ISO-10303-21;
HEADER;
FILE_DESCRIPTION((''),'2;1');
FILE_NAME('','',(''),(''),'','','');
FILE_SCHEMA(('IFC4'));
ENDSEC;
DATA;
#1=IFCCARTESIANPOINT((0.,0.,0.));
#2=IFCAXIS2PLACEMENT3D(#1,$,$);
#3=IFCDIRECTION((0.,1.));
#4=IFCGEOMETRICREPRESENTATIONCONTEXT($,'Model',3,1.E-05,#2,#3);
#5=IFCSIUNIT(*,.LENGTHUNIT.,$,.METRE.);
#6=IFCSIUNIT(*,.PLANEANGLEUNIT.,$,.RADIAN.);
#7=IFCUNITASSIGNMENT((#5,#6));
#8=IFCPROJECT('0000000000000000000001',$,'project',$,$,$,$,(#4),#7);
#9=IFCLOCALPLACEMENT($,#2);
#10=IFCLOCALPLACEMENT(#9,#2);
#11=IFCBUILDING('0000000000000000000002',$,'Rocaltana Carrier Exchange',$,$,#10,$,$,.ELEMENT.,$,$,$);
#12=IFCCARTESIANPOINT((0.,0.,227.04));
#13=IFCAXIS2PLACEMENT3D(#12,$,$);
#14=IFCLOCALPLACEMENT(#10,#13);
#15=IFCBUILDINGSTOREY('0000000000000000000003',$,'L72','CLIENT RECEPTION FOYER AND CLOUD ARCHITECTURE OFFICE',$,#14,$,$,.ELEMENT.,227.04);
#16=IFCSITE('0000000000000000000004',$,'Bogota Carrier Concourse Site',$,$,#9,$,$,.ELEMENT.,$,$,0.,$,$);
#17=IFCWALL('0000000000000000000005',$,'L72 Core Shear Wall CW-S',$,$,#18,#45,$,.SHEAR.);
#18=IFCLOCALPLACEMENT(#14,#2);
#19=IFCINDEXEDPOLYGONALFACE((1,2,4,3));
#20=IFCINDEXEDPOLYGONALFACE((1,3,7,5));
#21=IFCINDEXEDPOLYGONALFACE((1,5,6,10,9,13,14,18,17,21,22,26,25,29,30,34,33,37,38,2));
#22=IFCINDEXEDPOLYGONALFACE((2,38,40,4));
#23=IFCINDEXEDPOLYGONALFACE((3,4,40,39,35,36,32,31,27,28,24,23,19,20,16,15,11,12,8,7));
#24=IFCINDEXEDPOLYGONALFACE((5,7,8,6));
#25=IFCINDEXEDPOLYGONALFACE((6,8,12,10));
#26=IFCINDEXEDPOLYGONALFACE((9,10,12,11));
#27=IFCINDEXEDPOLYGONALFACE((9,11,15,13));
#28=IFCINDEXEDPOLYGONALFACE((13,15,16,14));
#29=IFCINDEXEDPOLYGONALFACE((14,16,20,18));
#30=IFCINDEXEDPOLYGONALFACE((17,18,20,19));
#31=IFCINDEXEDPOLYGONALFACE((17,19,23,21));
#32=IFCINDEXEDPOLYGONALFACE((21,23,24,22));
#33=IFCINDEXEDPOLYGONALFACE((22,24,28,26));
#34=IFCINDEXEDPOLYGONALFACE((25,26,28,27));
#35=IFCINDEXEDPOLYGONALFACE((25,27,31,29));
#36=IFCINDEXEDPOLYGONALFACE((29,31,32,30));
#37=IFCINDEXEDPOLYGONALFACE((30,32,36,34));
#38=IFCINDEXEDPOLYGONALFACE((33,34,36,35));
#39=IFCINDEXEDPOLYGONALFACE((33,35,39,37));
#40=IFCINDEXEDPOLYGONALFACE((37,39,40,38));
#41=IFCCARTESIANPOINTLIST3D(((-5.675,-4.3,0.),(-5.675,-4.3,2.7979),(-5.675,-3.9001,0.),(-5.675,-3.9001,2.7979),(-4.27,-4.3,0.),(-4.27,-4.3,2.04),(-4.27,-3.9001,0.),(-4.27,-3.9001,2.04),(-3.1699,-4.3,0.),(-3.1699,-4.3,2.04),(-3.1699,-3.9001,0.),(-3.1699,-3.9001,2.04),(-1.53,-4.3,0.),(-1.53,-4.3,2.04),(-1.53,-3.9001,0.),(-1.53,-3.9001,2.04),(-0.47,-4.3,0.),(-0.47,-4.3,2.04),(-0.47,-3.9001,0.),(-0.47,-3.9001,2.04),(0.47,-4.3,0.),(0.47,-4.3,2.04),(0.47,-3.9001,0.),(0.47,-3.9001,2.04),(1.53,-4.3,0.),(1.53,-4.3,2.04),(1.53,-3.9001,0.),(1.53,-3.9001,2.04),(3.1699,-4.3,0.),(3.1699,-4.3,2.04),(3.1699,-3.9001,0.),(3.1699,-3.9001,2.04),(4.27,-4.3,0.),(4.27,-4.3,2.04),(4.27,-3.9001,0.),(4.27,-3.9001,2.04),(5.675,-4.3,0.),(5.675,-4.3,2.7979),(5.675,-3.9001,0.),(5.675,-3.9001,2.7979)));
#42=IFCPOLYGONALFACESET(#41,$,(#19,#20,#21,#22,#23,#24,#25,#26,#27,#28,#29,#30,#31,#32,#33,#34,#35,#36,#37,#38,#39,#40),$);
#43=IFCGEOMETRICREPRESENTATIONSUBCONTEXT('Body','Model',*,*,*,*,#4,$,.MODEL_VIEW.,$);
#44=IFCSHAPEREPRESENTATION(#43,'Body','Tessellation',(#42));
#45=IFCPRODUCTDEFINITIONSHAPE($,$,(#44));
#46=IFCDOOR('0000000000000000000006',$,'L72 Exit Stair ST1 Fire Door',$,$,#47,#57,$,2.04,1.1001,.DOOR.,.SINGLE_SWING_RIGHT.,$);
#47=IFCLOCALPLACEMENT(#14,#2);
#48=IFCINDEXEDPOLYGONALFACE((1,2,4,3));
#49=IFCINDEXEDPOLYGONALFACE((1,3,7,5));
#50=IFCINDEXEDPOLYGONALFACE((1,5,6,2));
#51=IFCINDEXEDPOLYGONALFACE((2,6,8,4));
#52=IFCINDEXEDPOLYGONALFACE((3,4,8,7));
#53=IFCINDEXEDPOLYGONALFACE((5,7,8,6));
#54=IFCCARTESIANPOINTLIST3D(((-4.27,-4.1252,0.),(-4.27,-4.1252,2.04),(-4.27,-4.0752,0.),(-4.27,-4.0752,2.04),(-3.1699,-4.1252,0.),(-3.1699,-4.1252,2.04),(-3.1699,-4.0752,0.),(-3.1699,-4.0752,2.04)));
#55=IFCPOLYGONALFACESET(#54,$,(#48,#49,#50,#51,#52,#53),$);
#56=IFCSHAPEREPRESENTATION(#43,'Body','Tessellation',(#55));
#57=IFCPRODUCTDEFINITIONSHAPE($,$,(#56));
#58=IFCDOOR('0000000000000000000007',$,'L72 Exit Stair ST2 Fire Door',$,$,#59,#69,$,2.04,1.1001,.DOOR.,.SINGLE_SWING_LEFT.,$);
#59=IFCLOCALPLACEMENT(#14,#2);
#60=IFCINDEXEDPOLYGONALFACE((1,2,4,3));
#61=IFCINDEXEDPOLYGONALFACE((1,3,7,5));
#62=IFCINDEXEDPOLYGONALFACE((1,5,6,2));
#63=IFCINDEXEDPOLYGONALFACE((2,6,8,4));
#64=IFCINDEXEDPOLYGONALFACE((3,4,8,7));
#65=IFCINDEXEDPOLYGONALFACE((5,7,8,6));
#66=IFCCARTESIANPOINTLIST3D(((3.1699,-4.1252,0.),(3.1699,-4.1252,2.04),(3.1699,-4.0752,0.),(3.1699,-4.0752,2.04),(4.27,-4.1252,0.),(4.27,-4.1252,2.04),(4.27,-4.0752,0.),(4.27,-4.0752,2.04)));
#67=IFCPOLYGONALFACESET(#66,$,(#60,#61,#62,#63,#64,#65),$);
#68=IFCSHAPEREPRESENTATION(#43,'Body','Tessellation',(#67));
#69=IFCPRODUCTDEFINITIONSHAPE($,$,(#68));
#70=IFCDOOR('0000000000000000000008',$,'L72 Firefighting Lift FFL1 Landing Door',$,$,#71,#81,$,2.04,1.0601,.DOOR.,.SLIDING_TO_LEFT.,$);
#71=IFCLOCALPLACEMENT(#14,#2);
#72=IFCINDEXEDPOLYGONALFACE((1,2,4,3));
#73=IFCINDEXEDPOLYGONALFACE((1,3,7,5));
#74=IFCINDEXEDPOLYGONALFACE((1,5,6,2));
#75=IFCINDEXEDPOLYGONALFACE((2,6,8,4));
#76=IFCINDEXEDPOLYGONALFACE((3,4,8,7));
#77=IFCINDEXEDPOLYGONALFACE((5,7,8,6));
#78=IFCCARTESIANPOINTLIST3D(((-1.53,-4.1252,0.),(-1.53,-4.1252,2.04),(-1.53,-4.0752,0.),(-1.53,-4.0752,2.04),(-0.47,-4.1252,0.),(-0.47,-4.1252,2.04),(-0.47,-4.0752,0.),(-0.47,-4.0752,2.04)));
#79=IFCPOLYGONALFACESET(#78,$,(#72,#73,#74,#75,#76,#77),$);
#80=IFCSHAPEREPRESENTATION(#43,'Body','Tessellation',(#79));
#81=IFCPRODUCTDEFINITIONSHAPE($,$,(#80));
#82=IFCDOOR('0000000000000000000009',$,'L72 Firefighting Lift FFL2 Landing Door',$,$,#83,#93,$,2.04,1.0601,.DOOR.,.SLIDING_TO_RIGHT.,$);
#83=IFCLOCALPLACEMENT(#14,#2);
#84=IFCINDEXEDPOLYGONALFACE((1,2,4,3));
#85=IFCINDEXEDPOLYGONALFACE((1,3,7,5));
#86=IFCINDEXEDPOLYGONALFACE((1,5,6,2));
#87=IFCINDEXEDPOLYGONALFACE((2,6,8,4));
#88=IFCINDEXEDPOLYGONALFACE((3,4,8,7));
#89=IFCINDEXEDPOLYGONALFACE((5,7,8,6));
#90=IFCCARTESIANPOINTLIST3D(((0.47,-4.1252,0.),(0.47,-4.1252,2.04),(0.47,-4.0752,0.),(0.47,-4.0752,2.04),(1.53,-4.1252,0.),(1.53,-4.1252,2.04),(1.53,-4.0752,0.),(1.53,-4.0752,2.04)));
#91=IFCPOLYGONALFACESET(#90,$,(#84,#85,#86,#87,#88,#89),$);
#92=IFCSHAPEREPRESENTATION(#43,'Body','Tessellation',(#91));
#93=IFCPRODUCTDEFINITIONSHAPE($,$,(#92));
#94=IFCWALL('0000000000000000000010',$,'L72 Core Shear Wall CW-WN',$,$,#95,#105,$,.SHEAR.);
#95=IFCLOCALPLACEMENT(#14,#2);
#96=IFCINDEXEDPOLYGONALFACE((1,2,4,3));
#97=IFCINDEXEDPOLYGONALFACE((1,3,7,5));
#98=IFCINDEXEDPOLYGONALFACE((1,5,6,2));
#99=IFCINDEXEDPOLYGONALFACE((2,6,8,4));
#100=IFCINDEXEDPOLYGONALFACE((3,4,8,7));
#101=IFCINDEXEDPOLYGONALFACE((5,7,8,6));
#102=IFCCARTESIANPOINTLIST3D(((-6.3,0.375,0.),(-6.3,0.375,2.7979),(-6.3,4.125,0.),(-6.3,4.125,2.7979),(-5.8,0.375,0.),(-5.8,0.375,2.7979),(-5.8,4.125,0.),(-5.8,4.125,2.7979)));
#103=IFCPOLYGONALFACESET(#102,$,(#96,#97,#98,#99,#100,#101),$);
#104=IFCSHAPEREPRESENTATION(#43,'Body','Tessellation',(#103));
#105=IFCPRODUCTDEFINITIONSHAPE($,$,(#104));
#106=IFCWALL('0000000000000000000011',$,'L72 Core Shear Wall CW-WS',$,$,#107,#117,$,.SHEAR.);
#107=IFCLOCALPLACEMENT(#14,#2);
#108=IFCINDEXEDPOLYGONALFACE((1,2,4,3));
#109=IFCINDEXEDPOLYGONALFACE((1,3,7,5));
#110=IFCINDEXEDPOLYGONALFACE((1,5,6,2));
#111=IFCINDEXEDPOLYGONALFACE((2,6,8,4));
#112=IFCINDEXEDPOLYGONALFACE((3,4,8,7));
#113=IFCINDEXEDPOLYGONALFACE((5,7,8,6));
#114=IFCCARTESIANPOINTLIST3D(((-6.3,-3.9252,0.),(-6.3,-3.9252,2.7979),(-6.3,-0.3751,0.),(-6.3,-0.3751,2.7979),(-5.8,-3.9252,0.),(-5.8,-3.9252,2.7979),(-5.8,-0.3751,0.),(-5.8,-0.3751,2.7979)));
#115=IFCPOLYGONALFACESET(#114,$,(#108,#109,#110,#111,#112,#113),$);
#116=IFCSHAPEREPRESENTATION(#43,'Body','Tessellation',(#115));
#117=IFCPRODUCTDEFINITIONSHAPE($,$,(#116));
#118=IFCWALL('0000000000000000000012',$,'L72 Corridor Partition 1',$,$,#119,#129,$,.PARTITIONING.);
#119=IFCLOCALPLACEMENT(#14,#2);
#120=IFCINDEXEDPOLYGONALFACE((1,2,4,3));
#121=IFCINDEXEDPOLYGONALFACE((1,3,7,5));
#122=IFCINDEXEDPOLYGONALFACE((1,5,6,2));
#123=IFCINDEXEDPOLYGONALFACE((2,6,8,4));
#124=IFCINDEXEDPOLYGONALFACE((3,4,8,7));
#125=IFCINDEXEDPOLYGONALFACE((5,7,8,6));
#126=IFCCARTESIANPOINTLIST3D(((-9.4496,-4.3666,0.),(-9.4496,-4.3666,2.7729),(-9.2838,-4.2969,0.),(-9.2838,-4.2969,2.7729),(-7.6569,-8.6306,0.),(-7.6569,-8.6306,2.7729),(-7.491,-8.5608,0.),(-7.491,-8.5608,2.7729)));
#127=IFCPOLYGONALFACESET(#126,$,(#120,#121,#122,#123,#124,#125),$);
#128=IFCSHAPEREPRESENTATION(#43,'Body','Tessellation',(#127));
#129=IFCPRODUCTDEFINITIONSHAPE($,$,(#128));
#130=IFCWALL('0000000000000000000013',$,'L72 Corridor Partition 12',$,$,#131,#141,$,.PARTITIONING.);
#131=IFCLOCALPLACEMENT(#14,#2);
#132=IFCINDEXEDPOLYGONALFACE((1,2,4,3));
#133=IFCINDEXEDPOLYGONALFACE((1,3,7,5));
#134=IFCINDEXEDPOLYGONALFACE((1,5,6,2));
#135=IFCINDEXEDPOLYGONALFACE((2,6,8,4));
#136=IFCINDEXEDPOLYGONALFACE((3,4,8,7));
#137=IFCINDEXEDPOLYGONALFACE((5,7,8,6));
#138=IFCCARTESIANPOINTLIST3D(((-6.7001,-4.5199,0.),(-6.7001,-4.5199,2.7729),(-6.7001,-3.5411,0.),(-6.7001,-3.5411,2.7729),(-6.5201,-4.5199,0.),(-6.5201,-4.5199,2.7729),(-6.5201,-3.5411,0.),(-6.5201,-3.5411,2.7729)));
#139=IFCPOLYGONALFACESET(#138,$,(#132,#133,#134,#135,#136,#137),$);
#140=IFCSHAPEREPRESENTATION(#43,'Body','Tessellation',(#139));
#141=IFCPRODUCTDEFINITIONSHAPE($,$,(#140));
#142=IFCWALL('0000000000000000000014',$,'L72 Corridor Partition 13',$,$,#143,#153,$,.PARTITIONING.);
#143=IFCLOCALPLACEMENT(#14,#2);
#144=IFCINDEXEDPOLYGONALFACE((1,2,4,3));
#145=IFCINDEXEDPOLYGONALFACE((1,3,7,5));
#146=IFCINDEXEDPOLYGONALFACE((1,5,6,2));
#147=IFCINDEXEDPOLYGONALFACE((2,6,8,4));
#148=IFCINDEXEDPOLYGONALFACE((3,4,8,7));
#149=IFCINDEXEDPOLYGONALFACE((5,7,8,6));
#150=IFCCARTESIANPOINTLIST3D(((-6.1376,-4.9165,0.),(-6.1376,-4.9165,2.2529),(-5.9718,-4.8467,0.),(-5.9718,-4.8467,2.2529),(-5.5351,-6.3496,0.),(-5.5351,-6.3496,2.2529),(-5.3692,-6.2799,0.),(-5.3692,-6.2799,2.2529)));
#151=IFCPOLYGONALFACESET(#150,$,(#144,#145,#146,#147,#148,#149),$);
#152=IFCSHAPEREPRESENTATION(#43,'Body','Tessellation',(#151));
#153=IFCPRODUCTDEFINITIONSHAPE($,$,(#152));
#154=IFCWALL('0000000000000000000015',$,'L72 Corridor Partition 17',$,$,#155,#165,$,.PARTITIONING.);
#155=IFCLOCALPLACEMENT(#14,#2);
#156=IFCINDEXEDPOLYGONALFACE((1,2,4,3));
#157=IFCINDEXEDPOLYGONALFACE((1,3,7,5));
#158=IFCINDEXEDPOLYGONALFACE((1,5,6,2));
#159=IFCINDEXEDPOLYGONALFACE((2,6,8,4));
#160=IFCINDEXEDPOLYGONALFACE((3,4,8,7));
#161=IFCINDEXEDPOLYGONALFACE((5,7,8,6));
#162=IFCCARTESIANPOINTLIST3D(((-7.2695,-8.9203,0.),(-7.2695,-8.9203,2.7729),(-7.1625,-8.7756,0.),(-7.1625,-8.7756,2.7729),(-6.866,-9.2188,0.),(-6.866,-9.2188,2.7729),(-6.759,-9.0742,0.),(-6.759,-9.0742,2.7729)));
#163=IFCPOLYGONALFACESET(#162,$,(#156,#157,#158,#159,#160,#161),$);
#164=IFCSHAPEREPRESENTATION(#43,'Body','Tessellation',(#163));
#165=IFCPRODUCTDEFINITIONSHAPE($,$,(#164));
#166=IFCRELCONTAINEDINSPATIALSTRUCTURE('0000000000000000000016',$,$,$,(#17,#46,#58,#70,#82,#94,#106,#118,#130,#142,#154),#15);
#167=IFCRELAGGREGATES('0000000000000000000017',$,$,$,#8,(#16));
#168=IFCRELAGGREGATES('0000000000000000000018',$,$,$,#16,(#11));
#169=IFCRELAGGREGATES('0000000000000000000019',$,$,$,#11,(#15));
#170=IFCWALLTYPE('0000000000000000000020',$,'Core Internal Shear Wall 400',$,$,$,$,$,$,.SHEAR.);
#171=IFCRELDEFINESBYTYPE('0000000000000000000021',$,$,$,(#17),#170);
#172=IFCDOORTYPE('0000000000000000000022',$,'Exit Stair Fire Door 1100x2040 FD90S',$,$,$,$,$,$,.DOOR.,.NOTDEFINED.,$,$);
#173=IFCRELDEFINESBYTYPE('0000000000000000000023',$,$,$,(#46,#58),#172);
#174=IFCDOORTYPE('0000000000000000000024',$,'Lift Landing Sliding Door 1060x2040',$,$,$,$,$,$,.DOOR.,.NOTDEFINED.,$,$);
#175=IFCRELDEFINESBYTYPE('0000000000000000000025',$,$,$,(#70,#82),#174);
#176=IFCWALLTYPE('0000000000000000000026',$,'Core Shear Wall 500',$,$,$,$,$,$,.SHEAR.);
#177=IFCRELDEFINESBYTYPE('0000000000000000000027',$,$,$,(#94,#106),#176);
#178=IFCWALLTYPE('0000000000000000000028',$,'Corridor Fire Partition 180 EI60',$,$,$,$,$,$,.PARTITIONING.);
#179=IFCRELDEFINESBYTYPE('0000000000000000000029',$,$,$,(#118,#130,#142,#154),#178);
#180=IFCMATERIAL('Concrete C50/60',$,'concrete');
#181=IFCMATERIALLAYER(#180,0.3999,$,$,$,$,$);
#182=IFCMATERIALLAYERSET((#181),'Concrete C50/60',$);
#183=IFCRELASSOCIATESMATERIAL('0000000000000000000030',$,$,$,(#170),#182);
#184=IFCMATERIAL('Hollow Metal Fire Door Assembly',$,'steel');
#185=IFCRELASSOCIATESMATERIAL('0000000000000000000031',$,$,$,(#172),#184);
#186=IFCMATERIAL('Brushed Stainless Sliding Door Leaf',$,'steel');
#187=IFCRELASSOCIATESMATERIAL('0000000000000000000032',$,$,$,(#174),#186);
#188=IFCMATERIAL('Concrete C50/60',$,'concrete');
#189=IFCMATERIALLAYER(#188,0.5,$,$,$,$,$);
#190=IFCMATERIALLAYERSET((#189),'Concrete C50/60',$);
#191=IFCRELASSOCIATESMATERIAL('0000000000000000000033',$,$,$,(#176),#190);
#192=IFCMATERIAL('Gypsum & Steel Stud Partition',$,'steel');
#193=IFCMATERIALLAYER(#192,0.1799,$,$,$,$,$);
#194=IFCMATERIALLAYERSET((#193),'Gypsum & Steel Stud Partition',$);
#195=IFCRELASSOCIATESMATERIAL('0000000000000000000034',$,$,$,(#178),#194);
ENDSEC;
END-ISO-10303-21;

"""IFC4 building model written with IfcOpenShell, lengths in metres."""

from ifc_helpers import new_model, si_unit, direction, frame, frame_2d, origin, place, context, subcontext, project, spatial, rectangle, extrude, material, layer, layer_set, type_object, element, fill, save


model = new_model("IFC4")

# Units and contexts
model_context = context("Model", 3, precision=1e-05, world=origin(), true_north=direction((0.0, 1.0)))
body_context = subcontext(model_context, "Body", "Model", "MODEL_VIEW")
ifc_project = project(units=[si_unit("LENGTHUNIT", "METRE"), si_unit("PLANEANGLEUNIT", "RADIAN")], contexts=[model_context])

# Site, building, storey
site_placement = place(None, origin())
site = spatial("IfcSite", under=ifc_project, at=site_placement, Name="Bogota Carrier Concourse Site", CompositionType="ELEMENT", RefElevation=0.0)
building_placement = place(site_placement, origin())
building = spatial("IfcBuilding", under=site, at=building_placement, Name="Rocaltana Carrier Exchange", CompositionType="ELEMENT")
storey_placement = place(building_placement, frame((0.0, 0.0, 227.04)))
storey = spatial("IfcBuildingStorey", under=building, at=storey_placement, Name="L72", Description="CLIENT RECEPTION FOYER AND CLOUD ARCHITECTURE OFFICE", CompositionType="ELEMENT", Elevation=227.04)

# Wall, openings, doors
ifc_material_1 = material(Name="Concrete C50/60", Category="concrete")
ifc_layer_1 = layer(ifc_material_1, 0.3999)
ifc_layer_set_1 = layer_set([ifc_layer_1], Name="Concrete C50/60")
wall_type_1 = type_object("IfcWallType", Name="Core Internal Shear Wall 400", PredefinedType="SHEAR", material=ifc_layer_set_1)
wall_1_placement = place(storey_placement, frame((-5.675, -4.1001, 0.0), z_axis=(0.0, 0.0, 1.0), x_axis=(1.0, 0.0, 0.0)))
wall_1 = element("IfcWall", 1, at=wall_1_placement, inside=storey, type_object=wall_type_1, Name="L72 Core Shear Wall CW-S", PredefinedType="SHEAR", context=body_context, shape_type="SweptSolid", body=[
    extrude(rectangle(XDim=11.3501, YDim=0.3999, at=frame_2d((5.675, 0.0))), origin(), (0.0, 0.0, 1.0), 2.7979),
])
opening_1_placement = place(wall_1_placement, frame((1.405, 0.0, 0.0)))
opening_1 = element("IfcOpeningElement", 2, at=opening_1_placement, cuts=wall_1, PredefinedType="OPENING", context=body_context, shape_type="SweptSolid", body=[
    extrude(rectangle(XDim=1.1001, YDim=2.04, at=frame_2d((0.55, 1.02))), frame((0.0, 0.21, 0.0), z_axis=(0.0, -1.0, 0.0), x_axis=(1.0, 0.0, 0.0)), (0.0, 0.0, 1.0), 0.4199),
])
opening_2_placement = place(wall_1_placement, frame((8.845, 0.0, 0.0)))
opening_2 = element("IfcOpeningElement", 3, at=opening_2_placement, cuts=wall_1, PredefinedType="OPENING", context=body_context, shape_type="SweptSolid", body=[
    extrude(rectangle(XDim=1.1001, YDim=2.04, at=frame_2d((0.55, 1.02))), frame((0.0, 0.21, 0.0), z_axis=(0.0, -1.0, 0.0), x_axis=(1.0, 0.0, 0.0)), (0.0, 0.0, 1.0), 0.4199),
])
opening_3_placement = place(wall_1_placement, frame((4.145, 0.0, 0.0)))
opening_3 = element("IfcOpeningElement", 4, at=opening_3_placement, cuts=wall_1, PredefinedType="OPENING", context=body_context, shape_type="SweptSolid", body=[
    extrude(rectangle(XDim=1.0601, YDim=2.04, at=frame_2d((0.53, 1.02))), frame((0.0, 0.21, 0.0), z_axis=(0.0, -1.0, 0.0), x_axis=(1.0, 0.0, 0.0)), (0.0, 0.0, 1.0), 0.4199),
])
opening_4_placement = place(wall_1_placement, frame((6.145, 0.0, 0.0)))
opening_4 = element("IfcOpeningElement", 5, at=opening_4_placement, cuts=wall_1, PredefinedType="OPENING", context=body_context, shape_type="SweptSolid", body=[
    extrude(rectangle(XDim=1.0601, YDim=2.04, at=frame_2d((0.53, 1.02))), frame((0.0, 0.21, 0.0), z_axis=(0.0, -1.0, 0.0), x_axis=(1.0, 0.0, 0.0)), (0.0, 0.0, 1.0), 0.4199),
])
ifc_material_2 = material(Name="Hollow Metal Fire Door Assembly", Category="steel")
door_type_1 = type_object("IfcDoorType", Name="Exit Stair Fire Door 1100x2040 FD90S", OperationType="NOTDEFINED", PredefinedType="DOOR", material=ifc_material_2)
door_1_placement = place(opening_1_placement, origin())
door_1 = element("IfcDoor", 6, at=door_1_placement, inside=storey, type_object=door_type_1, Name="L72 Exit Stair ST1 Fire Door", OperationType="SINGLE_SWING_RIGHT", OverallHeight=2.04, OverallWidth=1.1001, PredefinedType="DOOR", context=body_context, shape_type="SweptSolid", body=[
    extrude(rectangle(XDim=1.1001, YDim=2.04, at=frame_2d((0.55, 1.02))), frame((0.0, 0.0249, 0.0), z_axis=(0.0, -1.0, 0.0), x_axis=(1.0, 0.0, 0.0)), (0.0, 0.0, 1.0), 0.05),
])
fill(opening_1, door_1)
door_2_placement = place(opening_2_placement, origin())
door_2 = element("IfcDoor", 7, at=door_2_placement, inside=storey, type_object=door_type_1, Name="L72 Exit Stair ST2 Fire Door", OperationType="SINGLE_SWING_LEFT", OverallHeight=2.04, OverallWidth=1.1001, PredefinedType="DOOR", context=body_context, shape_type="SweptSolid", body=[
    extrude(rectangle(XDim=1.1001, YDim=2.04, at=frame_2d((0.55, 1.02))), frame((0.0, 0.0249, 0.0), z_axis=(0.0, -1.0, 0.0), x_axis=(1.0, 0.0, 0.0)), (0.0, 0.0, 1.0), 0.05),
])
fill(opening_2, door_2)
ifc_material_3 = material(Name="Brushed Stainless Sliding Door Leaf", Category="steel")
door_type_2 = type_object("IfcDoorType", Name="Lift Landing Sliding Door 1060x2040", OperationType="NOTDEFINED", PredefinedType="DOOR", material=ifc_material_3)
door_3_placement = place(opening_3_placement, origin())
door_3 = element("IfcDoor", 8, at=door_3_placement, inside=storey, type_object=door_type_2, Name="L72 Firefighting Lift FFL1 Landing Door", OperationType="SLIDING_TO_LEFT", OverallHeight=2.04, OverallWidth=1.0601, PredefinedType="DOOR", context=body_context, shape_type="SweptSolid", body=[
    extrude(rectangle(XDim=1.0601, YDim=2.04, at=frame_2d((0.53, 1.02))), frame((0.0, 0.0249, 0.0), z_axis=(0.0, -1.0, 0.0), x_axis=(1.0, 0.0, 0.0)), (0.0, 0.0, 1.0), 0.05),
])
fill(opening_3, door_3)
door_4_placement = place(opening_4_placement, origin())
door_4 = element("IfcDoor", 9, at=door_4_placement, inside=storey, type_object=door_type_2, Name="L72 Firefighting Lift FFL2 Landing Door", OperationType="SLIDING_TO_RIGHT", OverallHeight=2.04, OverallWidth=1.0601, PredefinedType="DOOR", context=body_context, shape_type="SweptSolid", body=[
    extrude(rectangle(XDim=1.0601, YDim=2.04, at=frame_2d((0.53, 1.02))), frame((0.0, 0.0249, 0.0), z_axis=(0.0, -1.0, 0.0), x_axis=(1.0, 0.0, 0.0)), (0.0, 0.0, 1.0), 0.05),
])
fill(opening_4, door_4)

# Walls
ifc_material_4 = material(Name="Concrete C50/60", Category="concrete")
ifc_layer_2 = layer(ifc_material_4, 0.5)
ifc_layer_set_2 = layer_set([ifc_layer_2], Name="Concrete C50/60")
wall_type_2 = type_object("IfcWallType", Name="Core Shear Wall 500", PredefinedType="SHEAR", material=ifc_layer_set_2)
wall_2_placement = place(storey_placement, frame((-6.05, 0.375, 0.0), z_axis=(0.0, 0.0, 1.0), x_axis=(0.0, 1.0, 0.0)))
element("IfcWall", 10, at=wall_2_placement, inside=storey, type_object=wall_type_2, Name="L72 Core Shear Wall CW-WN", PredefinedType="SHEAR", context=body_context, shape_type="SweptSolid", body=[
    extrude(rectangle(XDim=3.75, YDim=0.5, at=frame_2d((1.875, 0.0))), origin(), (0.0, 0.0, 1.0), 2.7979),
])
wall_3_placement = place(storey_placement, frame((-6.05, -3.925, 0.0), z_axis=(0.0, 0.0, 1.0), x_axis=(0.0, 1.0, 0.0)))
element("IfcWall", 11, at=wall_3_placement, inside=storey, type_object=wall_type_2, Name="L72 Core Shear Wall CW-WS", PredefinedType="SHEAR", context=body_context, shape_type="SweptSolid", body=[
    extrude(rectangle(XDim=3.55, YDim=0.5, at=frame_2d((1.7749, 0.0))), origin(), (0.0, 0.0, 1.0), 2.7979),
])
ifc_material_5 = material(Name="Gypsum & Steel Stud Partition", Category="steel")
ifc_layer_3 = layer(ifc_material_5, 0.1799)
ifc_layer_set_3 = layer_set([ifc_layer_3], Name="Gypsum & Steel Stud Partition")
wall_type_3 = type_object("IfcWallType", Name="Corridor Fire Partition 180 EI60", PredefinedType="PARTITIONING", material=ifc_layer_set_3)
wall_4_placement = place(storey_placement, frame((-7.574, -8.5957, 0.0), z_axis=(0.0, 0.0, 1.0), x_axis=(-0.387578, 0.921837, 0.0)))
element("IfcWall", 12, at=wall_4_placement, inside=storey, type_object=wall_type_3, Name="L72 Corridor Partition 1", PredefinedType="PARTITIONING", context=body_context, shape_type="SweptSolid", body=[
    extrude(rectangle(XDim=4.6255, YDim=0.1799, at=frame_2d((2.3127, 0.0))), origin(), (0.0, 0.0, 1.0), 2.7729),
])
wall_5_placement = place(storey_placement, frame((-6.6101, -3.5413, 0.0), z_axis=(0.0, 0.0, 1.0), x_axis=(0.0, -1.0, 0.0)))
element("IfcWall", 13, at=wall_5_placement, inside=storey, type_object=wall_type_3, Name="L72 Corridor Partition 12", PredefinedType="PARTITIONING", context=body_context, shape_type="SweptSolid", body=[
    extrude(rectangle(XDim=0.9788, YDim=0.1799, at=frame_2d((0.4893, 0.0))), origin(), (0.0, 0.0, 1.0), 2.7729),
])
wall_6_placement = place(storey_placement, frame((-6.0547, -4.8816, 0.0), z_axis=(0.0, 0.0, 1.0), x_axis=(0.38758, -0.921836, 0.0)))
element("IfcWall", 14, at=wall_6_placement, inside=storey, type_object=wall_type_3, Name="L72 Corridor Partition 13", PredefinedType="PARTITIONING", context=body_context, shape_type="SweptSolid", body=[
    extrude(rectangle(XDim=1.5547, YDim=0.1799, at=frame_2d((0.7773, 0.0))), origin(), (0.0, 0.0, 1.0), 2.2529),
])
wall_7_placement = place(storey_placement, frame((-6.8125, -9.1465, 0.0), z_axis=(0.0, 0.0, 1.0), x_axis=(-0.803893, 0.594774, 0.0)))
element("IfcWall", 15, at=wall_7_placement, inside=storey, type_object=wall_type_3, Name="L72 Corridor Partition 17", PredefinedType="PARTITIONING", context=body_context, shape_type="SweptSolid", body=[
    extrude(rectangle(XDim=0.502, YDim=0.1799, at=frame_2d((0.251, 0.0))), origin(), (0.0, 0.0, 1.0), 2.7729),
])

save(model, "model.ifc")
